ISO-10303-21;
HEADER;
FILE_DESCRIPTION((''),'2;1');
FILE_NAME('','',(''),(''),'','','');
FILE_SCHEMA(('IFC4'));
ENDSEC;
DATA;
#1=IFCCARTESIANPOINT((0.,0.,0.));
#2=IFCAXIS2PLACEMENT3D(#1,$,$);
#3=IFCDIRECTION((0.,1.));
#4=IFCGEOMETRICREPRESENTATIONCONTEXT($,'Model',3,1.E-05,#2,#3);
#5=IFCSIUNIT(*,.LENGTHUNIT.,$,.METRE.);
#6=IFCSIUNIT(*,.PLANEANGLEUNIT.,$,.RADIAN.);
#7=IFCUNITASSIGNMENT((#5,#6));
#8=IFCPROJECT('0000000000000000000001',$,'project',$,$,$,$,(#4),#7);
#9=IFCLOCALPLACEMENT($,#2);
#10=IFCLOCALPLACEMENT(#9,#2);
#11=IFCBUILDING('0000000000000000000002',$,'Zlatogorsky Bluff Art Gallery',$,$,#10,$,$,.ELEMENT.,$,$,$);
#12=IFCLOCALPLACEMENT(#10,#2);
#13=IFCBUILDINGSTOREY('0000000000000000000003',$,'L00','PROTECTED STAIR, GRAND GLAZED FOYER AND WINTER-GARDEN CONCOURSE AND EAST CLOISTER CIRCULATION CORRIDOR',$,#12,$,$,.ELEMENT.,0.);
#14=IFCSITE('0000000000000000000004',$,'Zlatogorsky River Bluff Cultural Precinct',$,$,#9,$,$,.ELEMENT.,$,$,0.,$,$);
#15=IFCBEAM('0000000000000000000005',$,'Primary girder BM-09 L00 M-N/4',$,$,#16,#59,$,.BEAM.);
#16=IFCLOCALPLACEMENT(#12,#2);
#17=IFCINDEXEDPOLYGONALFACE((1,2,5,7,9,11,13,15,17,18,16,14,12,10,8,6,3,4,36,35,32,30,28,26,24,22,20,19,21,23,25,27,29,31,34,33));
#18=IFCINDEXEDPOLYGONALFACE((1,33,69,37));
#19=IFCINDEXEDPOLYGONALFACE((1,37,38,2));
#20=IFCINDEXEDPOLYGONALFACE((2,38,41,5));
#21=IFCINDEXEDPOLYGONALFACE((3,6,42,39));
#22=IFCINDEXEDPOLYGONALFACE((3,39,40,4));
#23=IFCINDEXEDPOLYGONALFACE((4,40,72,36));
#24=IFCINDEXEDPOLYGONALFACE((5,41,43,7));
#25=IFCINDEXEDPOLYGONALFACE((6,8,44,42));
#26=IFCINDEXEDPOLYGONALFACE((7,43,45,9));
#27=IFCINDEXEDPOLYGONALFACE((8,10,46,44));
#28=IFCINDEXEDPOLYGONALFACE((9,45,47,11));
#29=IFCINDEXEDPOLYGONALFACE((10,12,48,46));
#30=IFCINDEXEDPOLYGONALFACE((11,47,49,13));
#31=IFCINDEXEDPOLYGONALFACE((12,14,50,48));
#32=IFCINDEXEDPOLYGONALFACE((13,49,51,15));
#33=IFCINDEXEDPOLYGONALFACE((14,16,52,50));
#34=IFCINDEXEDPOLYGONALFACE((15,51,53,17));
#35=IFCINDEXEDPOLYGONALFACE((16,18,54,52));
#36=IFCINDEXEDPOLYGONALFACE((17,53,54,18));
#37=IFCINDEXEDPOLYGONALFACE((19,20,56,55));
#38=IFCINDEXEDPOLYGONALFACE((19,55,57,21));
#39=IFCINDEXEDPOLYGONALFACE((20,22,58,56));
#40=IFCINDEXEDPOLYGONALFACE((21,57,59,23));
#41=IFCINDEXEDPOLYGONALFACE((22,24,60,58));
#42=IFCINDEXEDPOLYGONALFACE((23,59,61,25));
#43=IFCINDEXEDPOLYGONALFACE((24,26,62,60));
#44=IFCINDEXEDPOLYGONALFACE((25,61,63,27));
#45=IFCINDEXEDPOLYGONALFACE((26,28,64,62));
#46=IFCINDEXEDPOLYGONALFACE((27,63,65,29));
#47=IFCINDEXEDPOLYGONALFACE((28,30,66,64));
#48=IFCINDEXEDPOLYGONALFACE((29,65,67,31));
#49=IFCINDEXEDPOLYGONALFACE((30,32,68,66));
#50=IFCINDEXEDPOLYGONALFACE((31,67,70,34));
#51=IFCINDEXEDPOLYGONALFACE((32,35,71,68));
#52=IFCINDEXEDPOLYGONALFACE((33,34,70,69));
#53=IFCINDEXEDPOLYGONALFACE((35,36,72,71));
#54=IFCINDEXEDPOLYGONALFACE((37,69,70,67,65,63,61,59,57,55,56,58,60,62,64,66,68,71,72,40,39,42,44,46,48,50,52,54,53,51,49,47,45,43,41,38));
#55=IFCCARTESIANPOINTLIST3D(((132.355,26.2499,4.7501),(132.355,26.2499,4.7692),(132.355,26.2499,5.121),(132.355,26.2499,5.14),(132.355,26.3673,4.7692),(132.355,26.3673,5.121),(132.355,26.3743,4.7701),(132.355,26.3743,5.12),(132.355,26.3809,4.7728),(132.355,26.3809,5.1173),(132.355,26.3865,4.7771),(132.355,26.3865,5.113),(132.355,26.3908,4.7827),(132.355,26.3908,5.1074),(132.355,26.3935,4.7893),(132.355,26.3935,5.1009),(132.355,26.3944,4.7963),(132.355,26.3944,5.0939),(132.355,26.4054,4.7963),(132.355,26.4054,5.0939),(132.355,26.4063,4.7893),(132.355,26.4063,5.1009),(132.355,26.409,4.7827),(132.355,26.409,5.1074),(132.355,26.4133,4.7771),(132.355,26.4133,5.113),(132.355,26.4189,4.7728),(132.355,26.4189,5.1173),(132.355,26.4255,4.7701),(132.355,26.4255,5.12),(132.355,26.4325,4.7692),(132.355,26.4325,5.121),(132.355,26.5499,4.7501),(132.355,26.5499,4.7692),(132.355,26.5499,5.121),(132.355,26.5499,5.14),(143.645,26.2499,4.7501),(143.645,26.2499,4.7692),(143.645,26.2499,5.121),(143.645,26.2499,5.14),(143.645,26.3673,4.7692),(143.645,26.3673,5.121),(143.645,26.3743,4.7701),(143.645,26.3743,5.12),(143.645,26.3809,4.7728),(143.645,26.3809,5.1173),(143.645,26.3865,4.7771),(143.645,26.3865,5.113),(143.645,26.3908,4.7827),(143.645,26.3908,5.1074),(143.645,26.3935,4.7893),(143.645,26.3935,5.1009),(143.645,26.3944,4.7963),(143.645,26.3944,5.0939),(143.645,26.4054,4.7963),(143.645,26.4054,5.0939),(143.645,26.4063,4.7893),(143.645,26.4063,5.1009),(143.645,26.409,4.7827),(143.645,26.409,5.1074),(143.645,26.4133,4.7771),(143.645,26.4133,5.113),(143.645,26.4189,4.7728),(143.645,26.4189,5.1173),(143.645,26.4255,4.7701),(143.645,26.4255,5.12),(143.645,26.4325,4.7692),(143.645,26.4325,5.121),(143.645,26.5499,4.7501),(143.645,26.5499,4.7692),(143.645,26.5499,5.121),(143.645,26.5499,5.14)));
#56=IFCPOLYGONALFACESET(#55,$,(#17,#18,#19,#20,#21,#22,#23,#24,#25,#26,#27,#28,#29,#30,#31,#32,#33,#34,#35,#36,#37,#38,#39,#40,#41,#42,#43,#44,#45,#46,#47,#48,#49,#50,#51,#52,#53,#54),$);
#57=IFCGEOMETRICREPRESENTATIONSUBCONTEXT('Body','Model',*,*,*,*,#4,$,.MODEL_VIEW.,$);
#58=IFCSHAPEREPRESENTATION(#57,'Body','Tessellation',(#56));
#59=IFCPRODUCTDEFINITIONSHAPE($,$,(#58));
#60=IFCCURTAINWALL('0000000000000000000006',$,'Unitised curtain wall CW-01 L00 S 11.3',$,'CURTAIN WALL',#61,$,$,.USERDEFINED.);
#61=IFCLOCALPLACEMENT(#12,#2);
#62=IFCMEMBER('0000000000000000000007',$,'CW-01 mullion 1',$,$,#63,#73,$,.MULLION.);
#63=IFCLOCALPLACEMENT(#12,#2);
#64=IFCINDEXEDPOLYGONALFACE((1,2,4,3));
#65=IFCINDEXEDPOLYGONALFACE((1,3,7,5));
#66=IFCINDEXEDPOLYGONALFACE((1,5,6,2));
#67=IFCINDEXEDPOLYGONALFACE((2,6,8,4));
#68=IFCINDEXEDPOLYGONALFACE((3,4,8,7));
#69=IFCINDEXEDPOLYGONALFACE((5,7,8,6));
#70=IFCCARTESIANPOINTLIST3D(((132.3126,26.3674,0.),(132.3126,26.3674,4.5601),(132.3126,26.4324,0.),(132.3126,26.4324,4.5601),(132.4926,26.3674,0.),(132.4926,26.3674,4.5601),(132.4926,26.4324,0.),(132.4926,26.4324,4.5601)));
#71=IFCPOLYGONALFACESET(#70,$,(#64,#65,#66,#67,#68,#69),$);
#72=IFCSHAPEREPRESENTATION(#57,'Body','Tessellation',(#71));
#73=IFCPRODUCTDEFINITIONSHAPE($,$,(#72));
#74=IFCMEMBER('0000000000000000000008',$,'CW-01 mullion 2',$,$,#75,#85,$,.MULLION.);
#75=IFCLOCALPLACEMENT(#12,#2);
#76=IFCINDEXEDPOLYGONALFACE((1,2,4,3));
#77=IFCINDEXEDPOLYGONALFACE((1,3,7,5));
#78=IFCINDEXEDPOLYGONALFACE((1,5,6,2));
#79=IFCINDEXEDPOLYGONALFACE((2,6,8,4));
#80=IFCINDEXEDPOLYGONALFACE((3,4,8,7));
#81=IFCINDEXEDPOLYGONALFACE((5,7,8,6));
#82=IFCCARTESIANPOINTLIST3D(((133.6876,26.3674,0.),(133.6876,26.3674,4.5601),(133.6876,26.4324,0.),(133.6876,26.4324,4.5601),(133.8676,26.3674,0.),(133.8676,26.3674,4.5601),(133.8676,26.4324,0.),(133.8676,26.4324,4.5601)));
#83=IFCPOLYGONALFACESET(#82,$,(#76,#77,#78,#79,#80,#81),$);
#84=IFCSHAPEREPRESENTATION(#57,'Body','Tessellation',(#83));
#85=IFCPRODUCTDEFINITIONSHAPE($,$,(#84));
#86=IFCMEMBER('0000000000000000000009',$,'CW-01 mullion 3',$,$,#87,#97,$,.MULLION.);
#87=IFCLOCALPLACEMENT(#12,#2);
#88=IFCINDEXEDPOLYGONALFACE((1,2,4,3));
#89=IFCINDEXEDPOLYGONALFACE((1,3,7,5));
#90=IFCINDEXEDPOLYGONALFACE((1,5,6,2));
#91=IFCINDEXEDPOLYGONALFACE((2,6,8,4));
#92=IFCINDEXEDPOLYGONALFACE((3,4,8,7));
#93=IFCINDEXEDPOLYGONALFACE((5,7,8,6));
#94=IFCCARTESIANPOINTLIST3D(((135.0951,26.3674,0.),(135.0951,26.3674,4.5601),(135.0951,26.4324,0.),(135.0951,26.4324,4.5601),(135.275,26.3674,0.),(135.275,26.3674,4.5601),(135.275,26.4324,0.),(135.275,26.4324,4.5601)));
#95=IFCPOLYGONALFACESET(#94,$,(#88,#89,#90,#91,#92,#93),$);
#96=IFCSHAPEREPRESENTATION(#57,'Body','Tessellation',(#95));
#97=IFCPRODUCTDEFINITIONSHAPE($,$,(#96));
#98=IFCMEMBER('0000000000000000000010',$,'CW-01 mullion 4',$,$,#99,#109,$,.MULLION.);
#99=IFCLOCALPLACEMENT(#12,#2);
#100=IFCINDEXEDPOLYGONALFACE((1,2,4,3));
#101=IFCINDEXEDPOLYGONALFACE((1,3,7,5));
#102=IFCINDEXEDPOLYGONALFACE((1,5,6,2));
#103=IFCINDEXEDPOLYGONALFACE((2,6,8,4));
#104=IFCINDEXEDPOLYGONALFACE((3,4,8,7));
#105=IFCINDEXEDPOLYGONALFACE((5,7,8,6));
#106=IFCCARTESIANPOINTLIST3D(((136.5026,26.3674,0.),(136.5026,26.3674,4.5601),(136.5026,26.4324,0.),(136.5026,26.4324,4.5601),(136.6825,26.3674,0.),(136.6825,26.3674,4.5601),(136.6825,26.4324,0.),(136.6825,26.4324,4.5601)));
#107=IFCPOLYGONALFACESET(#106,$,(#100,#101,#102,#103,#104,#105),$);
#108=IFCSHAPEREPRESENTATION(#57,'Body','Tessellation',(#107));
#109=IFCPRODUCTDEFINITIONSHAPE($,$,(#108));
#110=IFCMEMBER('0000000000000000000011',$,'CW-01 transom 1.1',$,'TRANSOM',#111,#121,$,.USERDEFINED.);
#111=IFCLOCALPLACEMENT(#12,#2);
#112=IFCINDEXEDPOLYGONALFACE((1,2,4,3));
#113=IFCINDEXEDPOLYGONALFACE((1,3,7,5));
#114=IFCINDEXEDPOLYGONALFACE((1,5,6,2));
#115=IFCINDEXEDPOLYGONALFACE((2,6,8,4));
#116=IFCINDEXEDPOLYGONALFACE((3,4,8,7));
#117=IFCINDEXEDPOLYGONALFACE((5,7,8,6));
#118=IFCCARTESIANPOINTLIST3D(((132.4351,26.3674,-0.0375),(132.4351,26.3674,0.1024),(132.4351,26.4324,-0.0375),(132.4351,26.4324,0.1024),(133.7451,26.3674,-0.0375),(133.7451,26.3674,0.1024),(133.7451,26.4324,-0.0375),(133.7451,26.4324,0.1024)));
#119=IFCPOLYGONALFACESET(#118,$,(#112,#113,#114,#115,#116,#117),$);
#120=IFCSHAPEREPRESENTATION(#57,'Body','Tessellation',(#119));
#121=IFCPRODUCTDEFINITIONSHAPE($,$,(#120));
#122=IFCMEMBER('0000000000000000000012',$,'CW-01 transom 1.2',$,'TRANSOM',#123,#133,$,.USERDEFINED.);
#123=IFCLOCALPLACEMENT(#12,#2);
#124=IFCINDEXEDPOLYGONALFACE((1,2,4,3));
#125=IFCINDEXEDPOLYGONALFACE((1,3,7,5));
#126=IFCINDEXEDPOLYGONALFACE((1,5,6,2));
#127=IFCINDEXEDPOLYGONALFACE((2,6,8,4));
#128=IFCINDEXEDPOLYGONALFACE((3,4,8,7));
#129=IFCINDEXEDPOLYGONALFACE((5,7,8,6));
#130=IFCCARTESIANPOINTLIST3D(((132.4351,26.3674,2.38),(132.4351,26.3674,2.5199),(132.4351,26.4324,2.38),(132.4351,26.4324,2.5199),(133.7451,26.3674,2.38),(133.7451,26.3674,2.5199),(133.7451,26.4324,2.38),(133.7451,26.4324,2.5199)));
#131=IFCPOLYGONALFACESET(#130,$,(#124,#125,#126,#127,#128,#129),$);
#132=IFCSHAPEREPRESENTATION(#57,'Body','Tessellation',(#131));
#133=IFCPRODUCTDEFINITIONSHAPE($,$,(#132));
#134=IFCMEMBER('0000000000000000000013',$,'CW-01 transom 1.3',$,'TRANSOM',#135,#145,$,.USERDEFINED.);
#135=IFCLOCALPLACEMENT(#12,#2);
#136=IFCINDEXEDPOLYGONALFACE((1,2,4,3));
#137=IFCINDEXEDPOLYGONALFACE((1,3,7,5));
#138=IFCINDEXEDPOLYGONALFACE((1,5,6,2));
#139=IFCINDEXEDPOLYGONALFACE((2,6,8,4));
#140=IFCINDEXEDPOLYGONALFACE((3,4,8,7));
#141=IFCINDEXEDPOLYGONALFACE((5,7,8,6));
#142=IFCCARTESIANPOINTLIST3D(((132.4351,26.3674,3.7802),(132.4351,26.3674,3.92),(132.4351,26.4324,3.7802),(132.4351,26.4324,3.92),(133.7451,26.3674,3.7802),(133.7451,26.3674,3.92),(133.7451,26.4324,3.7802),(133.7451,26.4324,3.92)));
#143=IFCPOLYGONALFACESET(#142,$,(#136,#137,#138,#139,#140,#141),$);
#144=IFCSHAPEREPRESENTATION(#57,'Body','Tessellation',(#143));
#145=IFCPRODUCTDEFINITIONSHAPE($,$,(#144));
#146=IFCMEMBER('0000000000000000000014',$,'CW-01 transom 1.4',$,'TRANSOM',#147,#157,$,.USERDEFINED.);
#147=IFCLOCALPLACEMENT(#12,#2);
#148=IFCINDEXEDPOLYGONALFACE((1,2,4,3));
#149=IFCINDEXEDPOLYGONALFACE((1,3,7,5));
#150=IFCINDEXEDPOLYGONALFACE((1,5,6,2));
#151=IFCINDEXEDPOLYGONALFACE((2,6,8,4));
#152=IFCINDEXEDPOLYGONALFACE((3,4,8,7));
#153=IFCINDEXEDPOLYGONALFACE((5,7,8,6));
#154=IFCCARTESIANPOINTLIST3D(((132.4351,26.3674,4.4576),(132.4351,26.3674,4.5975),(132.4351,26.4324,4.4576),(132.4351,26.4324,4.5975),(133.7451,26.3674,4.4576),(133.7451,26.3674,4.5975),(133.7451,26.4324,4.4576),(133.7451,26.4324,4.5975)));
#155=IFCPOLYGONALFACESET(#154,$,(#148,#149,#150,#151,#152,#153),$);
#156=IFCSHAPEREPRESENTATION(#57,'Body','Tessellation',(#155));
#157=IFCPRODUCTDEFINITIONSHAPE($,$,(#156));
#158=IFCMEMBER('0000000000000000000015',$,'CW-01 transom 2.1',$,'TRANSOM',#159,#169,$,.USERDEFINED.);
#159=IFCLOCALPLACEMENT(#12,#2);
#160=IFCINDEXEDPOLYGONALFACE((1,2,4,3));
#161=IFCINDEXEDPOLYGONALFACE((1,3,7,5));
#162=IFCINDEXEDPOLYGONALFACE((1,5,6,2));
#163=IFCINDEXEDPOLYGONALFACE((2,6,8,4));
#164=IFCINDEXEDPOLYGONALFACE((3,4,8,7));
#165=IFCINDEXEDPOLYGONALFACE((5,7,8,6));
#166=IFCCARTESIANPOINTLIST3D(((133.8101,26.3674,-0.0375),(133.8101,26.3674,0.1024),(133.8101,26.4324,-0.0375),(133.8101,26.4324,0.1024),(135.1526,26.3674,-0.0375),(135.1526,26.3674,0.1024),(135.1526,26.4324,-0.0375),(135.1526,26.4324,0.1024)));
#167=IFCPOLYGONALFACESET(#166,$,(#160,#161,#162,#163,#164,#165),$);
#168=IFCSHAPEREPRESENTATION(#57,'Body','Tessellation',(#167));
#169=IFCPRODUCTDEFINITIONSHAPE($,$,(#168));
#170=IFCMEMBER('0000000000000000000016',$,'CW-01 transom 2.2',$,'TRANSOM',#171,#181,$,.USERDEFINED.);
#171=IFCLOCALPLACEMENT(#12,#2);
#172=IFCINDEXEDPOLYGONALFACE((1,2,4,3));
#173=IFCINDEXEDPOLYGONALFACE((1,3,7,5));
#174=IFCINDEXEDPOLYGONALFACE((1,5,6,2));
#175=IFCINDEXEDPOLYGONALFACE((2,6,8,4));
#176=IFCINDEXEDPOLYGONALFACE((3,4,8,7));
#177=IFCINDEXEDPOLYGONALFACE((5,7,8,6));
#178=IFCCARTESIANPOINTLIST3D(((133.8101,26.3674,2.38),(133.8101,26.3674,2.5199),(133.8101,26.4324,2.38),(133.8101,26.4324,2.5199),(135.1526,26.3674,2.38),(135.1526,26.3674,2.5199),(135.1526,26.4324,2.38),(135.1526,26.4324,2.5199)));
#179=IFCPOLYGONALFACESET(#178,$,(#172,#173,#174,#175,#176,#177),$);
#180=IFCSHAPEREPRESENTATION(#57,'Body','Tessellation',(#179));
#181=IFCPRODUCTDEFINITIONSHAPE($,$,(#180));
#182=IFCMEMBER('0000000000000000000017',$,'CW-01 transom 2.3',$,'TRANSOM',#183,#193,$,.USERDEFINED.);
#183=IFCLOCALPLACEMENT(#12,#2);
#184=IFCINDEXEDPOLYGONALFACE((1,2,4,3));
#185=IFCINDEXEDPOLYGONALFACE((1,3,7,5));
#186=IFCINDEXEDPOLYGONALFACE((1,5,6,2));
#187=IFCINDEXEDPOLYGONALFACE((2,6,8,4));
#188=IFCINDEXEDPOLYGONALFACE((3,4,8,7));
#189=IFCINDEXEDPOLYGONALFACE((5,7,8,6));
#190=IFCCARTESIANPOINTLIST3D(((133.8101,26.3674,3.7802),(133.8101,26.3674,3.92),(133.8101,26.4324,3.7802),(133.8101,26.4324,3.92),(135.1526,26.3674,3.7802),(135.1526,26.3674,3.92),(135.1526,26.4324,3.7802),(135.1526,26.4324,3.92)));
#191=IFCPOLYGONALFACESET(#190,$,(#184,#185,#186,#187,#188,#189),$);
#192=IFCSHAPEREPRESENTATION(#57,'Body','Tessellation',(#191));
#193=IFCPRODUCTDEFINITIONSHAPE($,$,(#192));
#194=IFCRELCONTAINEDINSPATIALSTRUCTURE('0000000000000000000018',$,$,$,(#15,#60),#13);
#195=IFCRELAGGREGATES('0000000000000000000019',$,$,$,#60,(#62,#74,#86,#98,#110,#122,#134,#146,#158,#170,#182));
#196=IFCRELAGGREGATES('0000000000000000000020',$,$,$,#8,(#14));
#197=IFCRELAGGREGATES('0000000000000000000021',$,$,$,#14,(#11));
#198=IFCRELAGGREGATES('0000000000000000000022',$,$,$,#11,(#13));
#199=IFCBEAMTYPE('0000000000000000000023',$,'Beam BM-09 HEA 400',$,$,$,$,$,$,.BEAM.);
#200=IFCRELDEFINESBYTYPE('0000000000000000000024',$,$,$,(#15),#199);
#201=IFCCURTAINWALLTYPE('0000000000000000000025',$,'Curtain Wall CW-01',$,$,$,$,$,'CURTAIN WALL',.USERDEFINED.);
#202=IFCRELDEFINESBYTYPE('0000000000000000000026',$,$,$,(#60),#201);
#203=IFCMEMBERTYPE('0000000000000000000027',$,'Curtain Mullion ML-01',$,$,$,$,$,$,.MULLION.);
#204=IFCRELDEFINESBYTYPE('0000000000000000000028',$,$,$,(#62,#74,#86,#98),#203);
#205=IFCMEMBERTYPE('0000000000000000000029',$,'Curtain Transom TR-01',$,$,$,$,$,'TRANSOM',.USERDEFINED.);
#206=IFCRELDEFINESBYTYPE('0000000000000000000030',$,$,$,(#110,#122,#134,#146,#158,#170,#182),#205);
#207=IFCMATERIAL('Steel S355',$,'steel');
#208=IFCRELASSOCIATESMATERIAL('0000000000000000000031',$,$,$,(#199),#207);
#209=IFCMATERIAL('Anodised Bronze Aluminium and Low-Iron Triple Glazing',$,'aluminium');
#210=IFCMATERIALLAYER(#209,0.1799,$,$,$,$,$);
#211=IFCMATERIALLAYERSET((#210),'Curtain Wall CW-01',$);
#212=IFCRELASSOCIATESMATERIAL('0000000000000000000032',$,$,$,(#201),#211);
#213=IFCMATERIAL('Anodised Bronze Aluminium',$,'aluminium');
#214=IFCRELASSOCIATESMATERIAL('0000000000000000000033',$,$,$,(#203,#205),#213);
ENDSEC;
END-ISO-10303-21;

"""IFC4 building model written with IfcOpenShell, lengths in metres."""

from ifc_helpers import new_model, si_unit, direction, frame, origin, origin_2d, place, context, subcontext, project, spatial, rectangle, i_section, extrude, material, layer, layer_set, material_profile, profile_set, type_object, element, aggregate, save


model = new_model("IFC4")

# Units and contexts
model_context = context("Model", 3, precision=1e-05, world=origin(), true_north=direction((0.0, 1.0)))
body_context = subcontext(model_context, "Body", "Model", "MODEL_VIEW")
ifc_project = project(units=[si_unit("LENGTHUNIT", "METRE"), si_unit("PLANEANGLEUNIT", "RADIAN")], contexts=[model_context])

# Site, building, storey
site_placement = place(None, origin())
site = spatial("IfcSite", under=ifc_project, at=site_placement, Name="Zlatogorsky River Bluff Cultural Precinct", CompositionType="ELEMENT", RefElevation=0.0)
building_placement = place(site_placement, origin())
building = spatial("IfcBuilding", under=site, at=building_placement, Name="Zlatogorsky Bluff Art Gallery", CompositionType="ELEMENT")
storey_placement = place(building_placement, origin())
storey = spatial("IfcBuildingStorey", under=building, at=storey_placement, Name="L00", Description="PROTECTED STAIR, GRAND GLAZED FOYER AND WINTER-GARDEN CONCOURSE AND EAST CLOISTER CIRCULATION CORRIDOR", CompositionType="ELEMENT", Elevation=0.0)

# Beam
ifc_material_1 = material(Name="Steel S355", Category="steel")
ifc_material_profile_1 = material_profile(ifc_material_1, i_section(OverallWidth=0.3, OverallDepth=0.3899, WebThickness=0.011, FlangeThickness=0.019, FilletRadius=0.0271, at=origin_2d()), Name="HEA 400")
ifc_profile_set_1 = profile_set([ifc_material_profile_1], Name="Steel S355")
beam_type = type_object("IfcBeamType", Name="Beam BM-09 HEA 400", PredefinedType="BEAM", material=ifc_profile_set_1)
beam_placement = place(storey_placement, frame((132.355, 26.3999, 4.9451), z_axis=(1.0, 0.0, 0.0), x_axis=(0.0, 1.0, 0.0)))
element("IfcBeam", 1, at=beam_placement, inside=storey, type_object=beam_type, Name="Primary girder BM-09 L00 M-N/4", PredefinedType="BEAM", context=body_context, shape_type="SweptSolid", body=[
    extrude(i_section(OverallWidth=0.3, OverallDepth=0.3899, WebThickness=0.011, FlangeThickness=0.019, FilletRadius=0.0271, at=origin_2d()), origin(), (0.0, 0.0, 1.0), 11.29),
])

# Curtain wall, members
ifc_material_2 = material(Name="Anodised Bronze Aluminium and Low-Iron Triple Glazing", Category="aluminium")
ifc_layer_1 = layer(ifc_material_2, 0.1799)
ifc_layer_set_1 = layer_set([ifc_layer_1], Name="Curtain Wall CW-01")
curtain_wall_type = type_object("IfcCurtainWallType", Name="Curtain Wall CW-01", ElementType="CURTAIN WALL", PredefinedType="USERDEFINED", material=ifc_layer_set_1)
curtain_wall_placement = place(storey_placement, origin())
curtain_wall = element("IfcCurtainWall", 2, at=curtain_wall_placement, inside=storey, type_object=curtain_wall_type, Name="Unitised curtain wall CW-01 L00 S 11.3", ObjectType="CURTAIN WALL", PredefinedType="USERDEFINED")
ifc_material_3 = material(Name="Anodised Bronze Aluminium", Category="aluminium")
ifc_material_profile_2 = material_profile(ifc_material_3, rectangle(XDim=0.0649, YDim=0.1799, at=origin_2d()), Name="ALU MULLION 65x180")
ifc_profile_set_2 = profile_set([ifc_material_profile_2], Name="Anodised Bronze Aluminium")
member_type_1 = type_object("IfcMemberType", Name="Curtain Mullion ML-01", PredefinedType="MULLION", material=ifc_profile_set_2)
member_1_placement = place(storey_placement, frame((132.4026, 26.3999, 0.0), z_axis=(0.0, 0.0, 1.0), x_axis=(0.0, 1.0, 0.0)))
member_1 = element("IfcMember", 3, at=member_1_placement, type_object=member_type_1, Name="CW-01 mullion 1", PredefinedType="MULLION", context=body_context, shape_type="SweptSolid", body=[
    extrude(rectangle(XDim=0.0649, YDim=0.1799, at=origin_2d()), origin(), (0.0, 0.0, 1.0), 4.5601),
])
member_2_placement = place(storey_placement, frame((133.7776, 26.3999, 0.0), z_axis=(0.0, 0.0, 1.0), x_axis=(0.0, 1.0, 0.0)))
member_2 = element("IfcMember", 4, at=member_2_placement, type_object=member_type_1, Name="CW-01 mullion 2", PredefinedType="MULLION", context=body_context, shape_type="SweptSolid", body=[
    extrude(rectangle(XDim=0.0649, YDim=0.1799, at=origin_2d()), origin(), (0.0, 0.0, 1.0), 4.5601),
])
member_3_placement = place(storey_placement, frame((135.1851, 26.3999, 0.0), z_axis=(0.0, 0.0, 1.0), x_axis=(0.0, 1.0, 0.0)))
member_3 = element("IfcMember", 5, at=member_3_placement, type_object=member_type_1, Name="CW-01 mullion 3", PredefinedType="MULLION", context=body_context, shape_type="SweptSolid", body=[
    extrude(rectangle(XDim=0.0649, YDim=0.1799, at=origin_2d()), origin(), (0.0, 0.0, 1.0), 4.5601),
])
member_4_placement = place(storey_placement, frame((136.5925, 26.3999, 0.0), z_axis=(0.0, 0.0, 1.0), x_axis=(0.0, 1.0, 0.0)))
member_4 = element("IfcMember", 6, at=member_4_placement, type_object=member_type_1, Name="CW-01 mullion 4", PredefinedType="MULLION", context=body_context, shape_type="SweptSolid", body=[
    extrude(rectangle(XDim=0.0649, YDim=0.1799, at=origin_2d()), origin(), (0.0, 0.0, 1.0), 4.5601),
])
ifc_material_profile_3 = material_profile(ifc_material_3, rectangle(XDim=0.0649, YDim=0.1399, at=origin_2d()), Name="ALU TRANSOM 65x140")
ifc_profile_set_3 = profile_set([ifc_material_profile_3], Name="Anodised Bronze Aluminium")
member_type_2 = type_object("IfcMemberType", Name="Curtain Transom TR-01", ElementType="TRANSOM", PredefinedType="USERDEFINED", material=ifc_profile_set_3)
member_5_placement = place(storey_placement, frame((132.4351, 26.3999, 0.0325), z_axis=(1.0, 0.0, 0.0), x_axis=(0.0, 1.0, 0.0)))
member_5 = element("IfcMember", 7, at=member_5_placement, type_object=member_type_2, Name="CW-01 transom 1.1", ObjectType="TRANSOM", PredefinedType="USERDEFINED", context=body_context, shape_type="SweptSolid", body=[
    extrude(rectangle(XDim=0.0649, YDim=0.1399, at=origin_2d()), origin(), (0.0, 0.0, 1.0), 1.3101),
])
member_6_placement = place(storey_placement, frame((132.4351, 26.3999, 2.45), z_axis=(1.0, 0.0, 0.0), x_axis=(0.0, 1.0, 0.0)))
member_6 = element("IfcMember", 8, at=member_6_placement, type_object=member_type_2, Name="CW-01 transom 1.2", ObjectType="TRANSOM", PredefinedType="USERDEFINED", context=body_context, shape_type="SweptSolid", body=[
    extrude(rectangle(XDim=0.0649, YDim=0.1399, at=origin_2d()), origin(), (0.0, 0.0, 1.0), 1.3101),
])
member_7_placement = place(storey_placement, frame((132.4351, 26.3999, 3.8501), z_axis=(1.0, 0.0, 0.0), x_axis=(0.0, 1.0, 0.0)))
member_7 = element("IfcMember", 9, at=member_7_placement, type_object=member_type_2, Name="CW-01 transom 1.3", ObjectType="TRANSOM", PredefinedType="USERDEFINED", context=body_context, shape_type="SweptSolid", body=[
    extrude(rectangle(XDim=0.0649, YDim=0.1399, at=origin_2d()), origin(), (0.0, 0.0, 1.0), 1.3101),
])
member_8_placement = place(storey_placement, frame((132.4351, 26.3999, 4.5276), z_axis=(1.0, 0.0, 0.0), x_axis=(0.0, 1.0, 0.0)))
member_8 = element("IfcMember", 10, at=member_8_placement, type_object=member_type_2, Name="CW-01 transom 1.4", ObjectType="TRANSOM", PredefinedType="USERDEFINED", context=body_context, shape_type="SweptSolid", body=[
    extrude(rectangle(XDim=0.0649, YDim=0.1399, at=origin_2d()), origin(), (0.0, 0.0, 1.0), 1.3101),
])
member_9_placement = place(storey_placement, frame((133.8101, 26.3999, 0.0325), z_axis=(1.0, 0.0, 0.0), x_axis=(0.0, 1.0, 0.0)))
member_9 = element("IfcMember", 11, at=member_9_placement, type_object=member_type_2, Name="CW-01 transom 2.1", ObjectType="TRANSOM", PredefinedType="USERDEFINED", context=body_context, shape_type="SweptSolid", body=[
    extrude(rectangle(XDim=0.0649, YDim=0.1399, at=origin_2d()), origin(), (0.0, 0.0, 1.0), 1.3425),
])
member_10_placement = place(storey_placement, frame((133.8101, 26.3999, 2.45), z_axis=(1.0, 0.0, 0.0), x_axis=(0.0, 1.0, 0.0)))
member_10 = element("IfcMember", 12, at=member_10_placement, type_object=member_type_2, Name="CW-01 transom 2.2", ObjectType="TRANSOM", PredefinedType="USERDEFINED", context=body_context, shape_type="SweptSolid", body=[
    extrude(rectangle(XDim=0.0649, YDim=0.1399, at=origin_2d()), origin(), (0.0, 0.0, 1.0), 1.3425),
])
member_11_placement = place(storey_placement, frame((133.8101, 26.3999, 3.8501), z_axis=(1.0, 0.0, 0.0), x_axis=(0.0, 1.0, 0.0)))
member_11 = element("IfcMember", 13, at=member_11_placement, type_object=member_type_2, Name="CW-01 transom 2.3", ObjectType="TRANSOM", PredefinedType="USERDEFINED", context=body_context, shape_type="SweptSolid", body=[
    extrude(rectangle(XDim=0.0649, YDim=0.1399, at=origin_2d()), origin(), (0.0, 0.0, 1.0), 1.3425),
])
aggregate(curtain_wall, [member_1, member_2, member_3, member_4, member_5, member_6, member_7, member_8, member_9, member_10, member_11])

save(model, "model.ifc")
